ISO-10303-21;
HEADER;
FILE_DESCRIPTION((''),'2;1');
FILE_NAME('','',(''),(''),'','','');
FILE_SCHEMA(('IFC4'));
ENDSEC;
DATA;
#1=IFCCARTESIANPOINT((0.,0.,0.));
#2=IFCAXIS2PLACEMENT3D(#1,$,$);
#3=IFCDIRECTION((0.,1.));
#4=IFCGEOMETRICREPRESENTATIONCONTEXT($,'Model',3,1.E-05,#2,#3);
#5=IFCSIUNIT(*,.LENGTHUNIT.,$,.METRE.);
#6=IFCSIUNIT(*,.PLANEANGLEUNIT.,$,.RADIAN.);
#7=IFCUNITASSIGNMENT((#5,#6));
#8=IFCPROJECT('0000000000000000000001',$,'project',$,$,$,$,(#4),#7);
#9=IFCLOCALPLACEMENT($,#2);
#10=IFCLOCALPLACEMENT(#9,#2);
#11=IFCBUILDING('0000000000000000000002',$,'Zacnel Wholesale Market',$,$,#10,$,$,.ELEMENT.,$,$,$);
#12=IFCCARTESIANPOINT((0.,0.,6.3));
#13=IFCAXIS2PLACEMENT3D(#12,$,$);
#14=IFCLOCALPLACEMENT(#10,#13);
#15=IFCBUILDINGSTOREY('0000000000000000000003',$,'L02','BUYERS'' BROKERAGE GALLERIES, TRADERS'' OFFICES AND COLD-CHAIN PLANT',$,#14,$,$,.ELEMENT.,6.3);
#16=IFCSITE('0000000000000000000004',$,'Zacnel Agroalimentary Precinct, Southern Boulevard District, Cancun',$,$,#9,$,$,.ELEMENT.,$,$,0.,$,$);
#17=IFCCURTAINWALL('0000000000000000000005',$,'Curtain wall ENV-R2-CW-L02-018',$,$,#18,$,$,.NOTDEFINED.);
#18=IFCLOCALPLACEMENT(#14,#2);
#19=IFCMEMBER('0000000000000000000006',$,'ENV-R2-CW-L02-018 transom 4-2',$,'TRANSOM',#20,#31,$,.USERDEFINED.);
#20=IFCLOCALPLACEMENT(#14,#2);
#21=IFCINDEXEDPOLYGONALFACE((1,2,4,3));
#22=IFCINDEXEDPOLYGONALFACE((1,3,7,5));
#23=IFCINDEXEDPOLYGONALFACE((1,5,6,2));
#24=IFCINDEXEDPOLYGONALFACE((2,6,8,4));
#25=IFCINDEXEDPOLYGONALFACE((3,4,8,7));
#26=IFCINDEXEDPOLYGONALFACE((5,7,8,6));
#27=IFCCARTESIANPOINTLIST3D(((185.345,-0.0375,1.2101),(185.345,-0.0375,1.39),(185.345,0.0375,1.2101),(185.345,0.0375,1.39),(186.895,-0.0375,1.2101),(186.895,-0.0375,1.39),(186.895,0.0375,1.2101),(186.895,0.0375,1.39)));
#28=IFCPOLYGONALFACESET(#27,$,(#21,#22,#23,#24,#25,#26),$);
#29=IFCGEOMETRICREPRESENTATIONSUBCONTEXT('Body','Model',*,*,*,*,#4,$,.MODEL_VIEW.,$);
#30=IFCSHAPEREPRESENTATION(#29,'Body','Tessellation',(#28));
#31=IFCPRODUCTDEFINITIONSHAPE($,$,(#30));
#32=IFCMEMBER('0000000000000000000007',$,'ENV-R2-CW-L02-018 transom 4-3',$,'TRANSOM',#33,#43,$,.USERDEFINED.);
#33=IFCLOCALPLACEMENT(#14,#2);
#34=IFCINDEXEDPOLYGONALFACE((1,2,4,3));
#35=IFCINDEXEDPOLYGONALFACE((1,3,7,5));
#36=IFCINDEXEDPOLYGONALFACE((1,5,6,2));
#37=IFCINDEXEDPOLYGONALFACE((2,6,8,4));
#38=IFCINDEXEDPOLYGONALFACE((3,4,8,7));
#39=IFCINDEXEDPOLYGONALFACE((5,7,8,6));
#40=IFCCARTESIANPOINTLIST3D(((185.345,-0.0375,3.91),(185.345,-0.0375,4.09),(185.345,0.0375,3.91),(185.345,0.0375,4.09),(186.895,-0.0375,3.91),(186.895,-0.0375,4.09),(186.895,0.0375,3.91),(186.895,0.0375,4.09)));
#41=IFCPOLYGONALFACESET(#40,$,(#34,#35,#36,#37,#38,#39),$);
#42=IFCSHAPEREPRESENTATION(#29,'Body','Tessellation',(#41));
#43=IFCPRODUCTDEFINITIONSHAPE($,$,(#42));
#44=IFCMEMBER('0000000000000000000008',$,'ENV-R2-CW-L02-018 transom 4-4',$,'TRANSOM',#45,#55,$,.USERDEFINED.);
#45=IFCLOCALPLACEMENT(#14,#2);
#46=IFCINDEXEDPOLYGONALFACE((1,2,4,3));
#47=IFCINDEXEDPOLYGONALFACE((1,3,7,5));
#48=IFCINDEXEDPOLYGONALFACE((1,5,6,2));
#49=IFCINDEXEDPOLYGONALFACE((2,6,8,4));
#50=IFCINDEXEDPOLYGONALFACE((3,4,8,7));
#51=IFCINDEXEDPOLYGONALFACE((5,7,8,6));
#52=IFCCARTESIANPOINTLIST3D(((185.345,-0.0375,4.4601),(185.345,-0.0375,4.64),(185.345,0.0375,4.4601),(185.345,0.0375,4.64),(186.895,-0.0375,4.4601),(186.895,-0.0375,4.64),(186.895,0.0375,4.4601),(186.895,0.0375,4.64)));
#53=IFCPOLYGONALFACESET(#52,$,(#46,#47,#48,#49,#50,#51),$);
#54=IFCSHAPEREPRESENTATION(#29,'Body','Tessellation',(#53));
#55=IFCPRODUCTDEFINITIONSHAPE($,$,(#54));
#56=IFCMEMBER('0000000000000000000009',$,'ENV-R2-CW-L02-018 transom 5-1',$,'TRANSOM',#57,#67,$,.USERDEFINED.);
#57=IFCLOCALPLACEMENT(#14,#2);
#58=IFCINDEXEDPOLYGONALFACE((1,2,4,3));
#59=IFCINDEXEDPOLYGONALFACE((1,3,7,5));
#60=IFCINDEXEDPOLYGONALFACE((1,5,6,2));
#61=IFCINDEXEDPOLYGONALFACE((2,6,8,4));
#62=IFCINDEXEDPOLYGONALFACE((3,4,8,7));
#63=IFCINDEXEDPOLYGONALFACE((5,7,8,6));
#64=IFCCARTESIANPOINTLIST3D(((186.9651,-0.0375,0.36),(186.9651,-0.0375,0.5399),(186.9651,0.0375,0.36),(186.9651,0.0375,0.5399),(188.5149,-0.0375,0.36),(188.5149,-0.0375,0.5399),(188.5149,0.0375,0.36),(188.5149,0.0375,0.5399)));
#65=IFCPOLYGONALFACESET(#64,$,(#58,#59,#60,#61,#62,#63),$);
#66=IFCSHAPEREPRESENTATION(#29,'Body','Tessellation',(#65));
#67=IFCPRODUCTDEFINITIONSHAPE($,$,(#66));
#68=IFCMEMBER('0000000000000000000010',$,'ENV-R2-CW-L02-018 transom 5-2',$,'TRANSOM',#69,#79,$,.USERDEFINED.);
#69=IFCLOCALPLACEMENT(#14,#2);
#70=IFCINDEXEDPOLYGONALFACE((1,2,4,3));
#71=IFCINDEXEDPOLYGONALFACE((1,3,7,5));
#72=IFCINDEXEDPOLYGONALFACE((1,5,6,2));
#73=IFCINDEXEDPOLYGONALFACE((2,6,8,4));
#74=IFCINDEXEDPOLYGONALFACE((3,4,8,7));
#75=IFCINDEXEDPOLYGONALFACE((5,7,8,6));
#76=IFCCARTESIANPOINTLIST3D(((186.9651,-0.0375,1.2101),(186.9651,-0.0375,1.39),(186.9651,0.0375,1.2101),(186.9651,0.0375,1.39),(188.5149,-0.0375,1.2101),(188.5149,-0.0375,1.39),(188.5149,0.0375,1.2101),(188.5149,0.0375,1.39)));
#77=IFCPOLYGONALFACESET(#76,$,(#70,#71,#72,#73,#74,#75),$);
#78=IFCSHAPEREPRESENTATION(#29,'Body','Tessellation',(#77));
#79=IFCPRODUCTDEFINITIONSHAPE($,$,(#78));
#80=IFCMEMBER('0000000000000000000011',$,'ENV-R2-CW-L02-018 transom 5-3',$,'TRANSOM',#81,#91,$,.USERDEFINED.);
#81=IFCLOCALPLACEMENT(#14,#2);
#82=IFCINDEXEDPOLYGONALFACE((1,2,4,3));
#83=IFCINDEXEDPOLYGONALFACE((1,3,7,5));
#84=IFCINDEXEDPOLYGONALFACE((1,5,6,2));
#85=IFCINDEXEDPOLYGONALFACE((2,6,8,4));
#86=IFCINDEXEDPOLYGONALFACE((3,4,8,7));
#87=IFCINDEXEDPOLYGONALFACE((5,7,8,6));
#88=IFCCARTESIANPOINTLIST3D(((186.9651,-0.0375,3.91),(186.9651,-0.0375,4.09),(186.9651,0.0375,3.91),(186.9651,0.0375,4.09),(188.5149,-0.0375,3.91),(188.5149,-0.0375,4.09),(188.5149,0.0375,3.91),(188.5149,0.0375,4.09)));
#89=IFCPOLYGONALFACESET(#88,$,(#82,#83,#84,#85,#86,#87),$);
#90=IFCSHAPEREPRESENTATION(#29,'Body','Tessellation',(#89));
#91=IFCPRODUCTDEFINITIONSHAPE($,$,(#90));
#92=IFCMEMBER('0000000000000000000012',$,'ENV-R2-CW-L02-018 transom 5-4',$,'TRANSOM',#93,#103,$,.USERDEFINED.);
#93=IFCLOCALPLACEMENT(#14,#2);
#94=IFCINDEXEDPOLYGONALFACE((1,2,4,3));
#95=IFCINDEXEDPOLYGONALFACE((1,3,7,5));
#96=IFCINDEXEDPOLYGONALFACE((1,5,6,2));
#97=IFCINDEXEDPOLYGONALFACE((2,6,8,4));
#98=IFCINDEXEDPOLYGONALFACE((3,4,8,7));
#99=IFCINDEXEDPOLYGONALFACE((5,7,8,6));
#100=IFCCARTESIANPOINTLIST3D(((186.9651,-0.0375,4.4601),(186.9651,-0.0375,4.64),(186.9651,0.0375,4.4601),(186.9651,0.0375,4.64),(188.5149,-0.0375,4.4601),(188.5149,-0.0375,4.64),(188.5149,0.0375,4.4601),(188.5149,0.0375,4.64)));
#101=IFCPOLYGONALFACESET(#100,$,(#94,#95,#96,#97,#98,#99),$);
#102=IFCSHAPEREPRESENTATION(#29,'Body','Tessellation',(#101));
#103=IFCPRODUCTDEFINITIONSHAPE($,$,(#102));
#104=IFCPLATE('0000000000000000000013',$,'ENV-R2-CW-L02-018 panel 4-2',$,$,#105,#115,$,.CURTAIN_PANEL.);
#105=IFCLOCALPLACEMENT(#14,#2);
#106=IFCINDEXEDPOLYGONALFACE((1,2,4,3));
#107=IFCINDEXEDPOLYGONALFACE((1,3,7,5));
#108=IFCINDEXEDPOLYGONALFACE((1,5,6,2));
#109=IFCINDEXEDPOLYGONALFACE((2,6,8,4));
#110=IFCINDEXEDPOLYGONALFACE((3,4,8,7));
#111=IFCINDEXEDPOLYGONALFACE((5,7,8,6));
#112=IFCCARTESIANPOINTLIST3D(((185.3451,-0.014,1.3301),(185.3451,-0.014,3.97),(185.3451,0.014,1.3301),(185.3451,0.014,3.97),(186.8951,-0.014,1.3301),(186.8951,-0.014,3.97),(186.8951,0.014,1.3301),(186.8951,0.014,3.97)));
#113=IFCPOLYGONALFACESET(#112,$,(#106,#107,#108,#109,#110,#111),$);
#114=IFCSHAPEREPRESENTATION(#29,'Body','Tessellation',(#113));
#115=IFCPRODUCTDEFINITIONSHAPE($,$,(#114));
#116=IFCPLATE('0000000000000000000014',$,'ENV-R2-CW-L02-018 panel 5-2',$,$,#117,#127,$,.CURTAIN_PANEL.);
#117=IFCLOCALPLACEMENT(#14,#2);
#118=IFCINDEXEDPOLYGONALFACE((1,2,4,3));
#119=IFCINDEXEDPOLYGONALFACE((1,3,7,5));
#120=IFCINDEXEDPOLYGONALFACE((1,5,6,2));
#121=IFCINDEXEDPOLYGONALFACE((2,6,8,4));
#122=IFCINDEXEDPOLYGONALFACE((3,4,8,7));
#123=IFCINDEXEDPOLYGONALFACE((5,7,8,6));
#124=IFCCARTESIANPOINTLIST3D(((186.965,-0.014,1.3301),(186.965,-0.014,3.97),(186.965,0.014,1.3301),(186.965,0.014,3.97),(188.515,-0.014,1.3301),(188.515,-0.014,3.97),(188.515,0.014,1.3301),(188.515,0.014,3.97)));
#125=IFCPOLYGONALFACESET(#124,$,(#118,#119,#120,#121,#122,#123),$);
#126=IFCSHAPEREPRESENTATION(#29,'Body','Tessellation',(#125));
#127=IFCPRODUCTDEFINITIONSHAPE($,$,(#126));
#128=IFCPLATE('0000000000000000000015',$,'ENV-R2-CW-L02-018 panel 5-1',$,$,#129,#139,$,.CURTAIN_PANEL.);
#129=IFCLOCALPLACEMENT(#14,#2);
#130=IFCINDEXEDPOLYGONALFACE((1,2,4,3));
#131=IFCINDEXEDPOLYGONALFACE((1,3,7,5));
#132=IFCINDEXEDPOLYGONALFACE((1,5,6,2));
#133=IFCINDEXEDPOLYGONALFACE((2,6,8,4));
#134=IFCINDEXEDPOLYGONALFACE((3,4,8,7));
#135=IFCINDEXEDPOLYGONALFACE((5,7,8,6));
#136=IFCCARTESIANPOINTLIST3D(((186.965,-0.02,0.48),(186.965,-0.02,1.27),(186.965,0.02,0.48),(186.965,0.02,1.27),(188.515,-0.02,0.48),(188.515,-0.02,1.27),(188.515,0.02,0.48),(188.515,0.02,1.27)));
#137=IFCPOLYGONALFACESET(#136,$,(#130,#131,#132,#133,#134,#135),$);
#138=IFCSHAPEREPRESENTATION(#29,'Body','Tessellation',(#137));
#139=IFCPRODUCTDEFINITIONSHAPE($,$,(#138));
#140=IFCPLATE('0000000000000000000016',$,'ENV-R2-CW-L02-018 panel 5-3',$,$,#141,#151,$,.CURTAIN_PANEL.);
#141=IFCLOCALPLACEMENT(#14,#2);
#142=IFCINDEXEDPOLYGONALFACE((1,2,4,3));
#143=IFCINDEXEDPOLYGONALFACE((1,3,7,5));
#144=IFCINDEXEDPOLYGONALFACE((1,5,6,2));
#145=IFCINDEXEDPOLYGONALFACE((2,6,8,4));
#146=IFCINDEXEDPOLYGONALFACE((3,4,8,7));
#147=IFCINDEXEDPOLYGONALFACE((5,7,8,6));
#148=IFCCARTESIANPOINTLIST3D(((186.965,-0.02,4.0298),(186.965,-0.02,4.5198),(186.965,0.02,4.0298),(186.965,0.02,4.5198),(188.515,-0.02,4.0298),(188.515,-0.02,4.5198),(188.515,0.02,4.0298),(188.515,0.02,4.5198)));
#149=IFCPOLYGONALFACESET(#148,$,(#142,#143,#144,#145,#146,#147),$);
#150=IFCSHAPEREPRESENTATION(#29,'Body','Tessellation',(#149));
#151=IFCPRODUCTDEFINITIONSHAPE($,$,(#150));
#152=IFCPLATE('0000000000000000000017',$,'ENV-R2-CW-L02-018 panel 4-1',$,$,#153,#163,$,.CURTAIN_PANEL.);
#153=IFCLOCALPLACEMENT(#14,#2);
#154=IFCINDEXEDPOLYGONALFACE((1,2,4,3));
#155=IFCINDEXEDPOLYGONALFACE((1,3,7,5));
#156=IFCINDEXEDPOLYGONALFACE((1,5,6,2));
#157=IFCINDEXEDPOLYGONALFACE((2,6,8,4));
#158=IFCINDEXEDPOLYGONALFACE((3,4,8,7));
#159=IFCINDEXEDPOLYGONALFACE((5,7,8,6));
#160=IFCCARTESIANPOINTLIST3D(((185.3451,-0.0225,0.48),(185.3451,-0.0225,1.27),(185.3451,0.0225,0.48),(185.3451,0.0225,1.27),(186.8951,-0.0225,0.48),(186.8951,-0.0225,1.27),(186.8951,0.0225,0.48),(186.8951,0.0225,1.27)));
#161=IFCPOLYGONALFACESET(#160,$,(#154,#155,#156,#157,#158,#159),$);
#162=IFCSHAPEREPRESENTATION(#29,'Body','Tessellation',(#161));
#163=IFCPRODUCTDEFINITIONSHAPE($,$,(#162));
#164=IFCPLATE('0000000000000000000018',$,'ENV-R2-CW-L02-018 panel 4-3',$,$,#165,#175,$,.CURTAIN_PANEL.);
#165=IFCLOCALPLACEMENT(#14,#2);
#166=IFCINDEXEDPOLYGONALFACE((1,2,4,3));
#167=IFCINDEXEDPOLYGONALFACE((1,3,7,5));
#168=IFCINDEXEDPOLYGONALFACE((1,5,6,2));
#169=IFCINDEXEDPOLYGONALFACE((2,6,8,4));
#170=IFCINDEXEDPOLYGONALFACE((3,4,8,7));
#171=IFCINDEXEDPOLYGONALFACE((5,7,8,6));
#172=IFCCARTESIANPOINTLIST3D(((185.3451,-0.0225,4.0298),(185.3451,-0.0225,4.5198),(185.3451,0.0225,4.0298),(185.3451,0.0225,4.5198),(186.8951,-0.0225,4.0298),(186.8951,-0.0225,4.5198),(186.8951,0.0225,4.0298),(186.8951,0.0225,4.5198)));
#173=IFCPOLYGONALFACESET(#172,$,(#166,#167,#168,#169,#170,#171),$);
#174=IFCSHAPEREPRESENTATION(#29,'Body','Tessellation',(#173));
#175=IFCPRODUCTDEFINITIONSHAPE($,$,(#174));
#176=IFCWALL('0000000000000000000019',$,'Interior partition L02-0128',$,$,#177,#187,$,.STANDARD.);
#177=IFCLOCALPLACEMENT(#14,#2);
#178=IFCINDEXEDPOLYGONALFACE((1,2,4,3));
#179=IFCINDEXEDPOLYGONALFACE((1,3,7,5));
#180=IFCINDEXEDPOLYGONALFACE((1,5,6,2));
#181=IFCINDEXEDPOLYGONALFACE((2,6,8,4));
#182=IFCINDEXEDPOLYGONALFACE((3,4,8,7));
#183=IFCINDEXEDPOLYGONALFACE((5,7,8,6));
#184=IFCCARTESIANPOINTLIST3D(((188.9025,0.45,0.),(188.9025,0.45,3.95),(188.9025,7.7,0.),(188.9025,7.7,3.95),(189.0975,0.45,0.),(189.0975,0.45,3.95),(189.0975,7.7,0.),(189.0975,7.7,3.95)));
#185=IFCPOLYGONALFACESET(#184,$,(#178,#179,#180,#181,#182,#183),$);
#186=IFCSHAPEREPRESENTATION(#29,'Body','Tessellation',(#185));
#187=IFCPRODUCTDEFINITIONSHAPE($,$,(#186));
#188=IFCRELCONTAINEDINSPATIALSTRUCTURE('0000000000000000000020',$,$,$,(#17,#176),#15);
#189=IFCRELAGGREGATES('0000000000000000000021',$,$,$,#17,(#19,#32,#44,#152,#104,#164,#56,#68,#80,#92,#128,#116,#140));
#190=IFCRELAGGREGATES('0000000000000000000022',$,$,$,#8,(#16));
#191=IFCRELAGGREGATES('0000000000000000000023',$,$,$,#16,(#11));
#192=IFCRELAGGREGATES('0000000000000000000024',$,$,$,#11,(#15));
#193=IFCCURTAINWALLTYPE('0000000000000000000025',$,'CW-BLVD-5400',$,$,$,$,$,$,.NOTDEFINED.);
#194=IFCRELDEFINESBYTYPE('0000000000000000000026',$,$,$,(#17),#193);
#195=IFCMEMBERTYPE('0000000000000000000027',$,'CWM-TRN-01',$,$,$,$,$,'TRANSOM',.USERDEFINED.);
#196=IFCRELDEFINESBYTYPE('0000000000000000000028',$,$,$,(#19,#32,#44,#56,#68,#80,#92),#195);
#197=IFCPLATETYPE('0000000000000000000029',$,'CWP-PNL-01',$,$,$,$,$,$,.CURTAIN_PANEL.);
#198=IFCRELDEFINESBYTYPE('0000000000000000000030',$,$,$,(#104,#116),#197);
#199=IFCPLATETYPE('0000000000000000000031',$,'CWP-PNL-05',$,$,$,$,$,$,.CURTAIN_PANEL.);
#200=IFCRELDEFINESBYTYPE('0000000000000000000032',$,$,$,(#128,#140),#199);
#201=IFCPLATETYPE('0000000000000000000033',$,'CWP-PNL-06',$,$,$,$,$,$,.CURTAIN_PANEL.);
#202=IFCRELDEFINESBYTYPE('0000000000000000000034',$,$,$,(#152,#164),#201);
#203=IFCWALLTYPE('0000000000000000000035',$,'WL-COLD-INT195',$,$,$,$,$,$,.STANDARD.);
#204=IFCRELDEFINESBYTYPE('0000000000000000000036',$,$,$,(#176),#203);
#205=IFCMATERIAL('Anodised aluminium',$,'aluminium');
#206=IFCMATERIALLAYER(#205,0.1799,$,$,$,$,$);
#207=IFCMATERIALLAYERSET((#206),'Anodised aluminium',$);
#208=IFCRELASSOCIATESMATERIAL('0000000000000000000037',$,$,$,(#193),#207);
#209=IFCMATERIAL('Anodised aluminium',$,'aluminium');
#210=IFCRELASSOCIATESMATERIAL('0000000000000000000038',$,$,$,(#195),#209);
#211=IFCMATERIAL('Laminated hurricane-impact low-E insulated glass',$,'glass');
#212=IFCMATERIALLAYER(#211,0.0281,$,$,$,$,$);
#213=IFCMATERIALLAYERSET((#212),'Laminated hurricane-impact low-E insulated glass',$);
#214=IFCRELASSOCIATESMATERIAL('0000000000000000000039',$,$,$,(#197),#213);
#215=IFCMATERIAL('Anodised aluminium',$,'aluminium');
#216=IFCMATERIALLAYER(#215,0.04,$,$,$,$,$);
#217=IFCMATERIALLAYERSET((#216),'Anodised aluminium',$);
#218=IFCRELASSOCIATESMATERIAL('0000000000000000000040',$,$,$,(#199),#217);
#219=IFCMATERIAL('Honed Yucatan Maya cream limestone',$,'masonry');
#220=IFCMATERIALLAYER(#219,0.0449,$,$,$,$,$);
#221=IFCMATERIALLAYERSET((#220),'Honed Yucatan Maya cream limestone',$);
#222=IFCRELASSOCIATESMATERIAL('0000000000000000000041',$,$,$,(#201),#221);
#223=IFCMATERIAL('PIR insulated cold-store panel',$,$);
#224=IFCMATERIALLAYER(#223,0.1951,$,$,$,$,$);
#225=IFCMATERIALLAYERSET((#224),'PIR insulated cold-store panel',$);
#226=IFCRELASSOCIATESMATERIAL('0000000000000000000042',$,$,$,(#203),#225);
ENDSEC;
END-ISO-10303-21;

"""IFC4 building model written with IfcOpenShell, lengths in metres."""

from ifc_helpers import new_model, si_unit, direction, frame, frame_2d, origin, origin_2d, place, context, subcontext, project, spatial, rectangle, extrude, material, layer, layer_set, material_profile, profile_set, type_object, element, aggregate, save


model = new_model("IFC4")

# Units and contexts
model_context = context("Model", 3, precision=1e-05, world=origin(), true_north=direction((0.0, 1.0)))
body_context = subcontext(model_context, "Body", "Model", "MODEL_VIEW")
ifc_project = project(units=[si_unit("LENGTHUNIT", "METRE"), si_unit("PLANEANGLEUNIT", "RADIAN")], contexts=[model_context])

# Site, building, storey
site_placement = place(None, origin())
site = spatial("IfcSite", under=ifc_project, at=site_placement, Name="Zacnel Agroalimentary Precinct, Southern Boulevard District, Cancun", CompositionType="ELEMENT", RefElevation=0.0)
building_placement = place(site_placement, origin())
building = spatial("IfcBuilding", under=site, at=building_placement, Name="Zacnel Wholesale Market", CompositionType="ELEMENT")
storey_placement = place(building_placement, frame((0.0, 0.0, 6.3)))
storey = spatial("IfcBuildingStorey", under=building, at=storey_placement, Name="L02", Description="BUYERS' BROKERAGE GALLERIES, TRADERS' OFFICES AND COLD-CHAIN PLANT", CompositionType="ELEMENT", Elevation=6.3)

# Curtain wall, members, plates
ifc_material_1 = material(Name="Anodised aluminium", Category="aluminium")
ifc_layer_1 = layer(ifc_material_1, 0.1799)
ifc_layer_set_1 = layer_set([ifc_layer_1], Name="Anodised aluminium")
curtain_wall_type = type_object("IfcCurtainWallType", Name="CW-BLVD-5400", PredefinedType="NOTDEFINED", material=ifc_layer_set_1)
curtain_wall_placement = place(storey_placement, origin())
curtain_wall = element("IfcCurtainWall", 1, at=curtain_wall_placement, inside=storey, type_object=curtain_wall_type, Name="Curtain wall ENV-R2-CW-L02-018", PredefinedType="NOTDEFINED")
ifc_material_2 = material(Name="Anodised aluminium", Category="aluminium")
ifc_material_profile_1 = material_profile(ifc_material_2, rectangle(XDim=0.075, YDim=0.1799, at=origin_2d()), Name="AW-TRANSOM 75x180")
ifc_profile_set_1 = profile_set([ifc_material_profile_1], Name="Anodised aluminium")
member_type_1 = type_object("IfcMemberType", Name="CWM-TRN-01", ElementType="TRANSOM", PredefinedType="USERDEFINED", material=ifc_profile_set_1)
member_1_placement = place(storey_placement, frame((185.345, 0.0, 1.3), z_axis=(1.0, 0.0, 0.0), x_axis=(0.0, 1.0, 0.0)))
member_1 = element("IfcMember", 2, at=member_1_placement, type_object=member_type_1, Name="ENV-R2-CW-L02-018 transom 4-2", ObjectType="TRANSOM", PredefinedType="USERDEFINED", context=body_context, shape_type="SweptSolid", body=[
    extrude(rectangle(XDim=0.075, YDim=0.1799, at=origin_2d()), origin(), (0.0, 0.0, 1.0), 1.55),
])
member_2_placement = place(storey_placement, frame((185.345, 0.0, 4.0), z_axis=(1.0, 0.0, 0.0), x_axis=(0.0, 1.0, 0.0)))
member_2 = element("IfcMember", 3, at=member_2_placement, type_object=member_type_1, Name="ENV-R2-CW-L02-018 transom 4-3", ObjectType="TRANSOM", PredefinedType="USERDEFINED", context=body_context, shape_type="SweptSolid", body=[
    extrude(rectangle(XDim=0.075, YDim=0.1799, at=origin_2d()), origin(), (0.0, 0.0, 1.0), 1.55),
])
member_3_placement = place(storey_placement, frame((185.345, 0.0, 4.55), z_axis=(1.0, 0.0, 0.0), x_axis=(0.0, 1.0, 0.0)))
member_3 = element("IfcMember", 4, at=member_3_placement, type_object=member_type_1, Name="ENV-R2-CW-L02-018 transom 4-4", ObjectType="TRANSOM", PredefinedType="USERDEFINED", context=body_context, shape_type="SweptSolid", body=[
    extrude(rectangle(XDim=0.075, YDim=0.1799, at=origin_2d()), origin(), (0.0, 0.0, 1.0), 1.55),
])
member_4_placement = place(storey_placement, frame((186.9651, 0.0, 0.45), z_axis=(1.0, 0.0, 0.0), x_axis=(0.0, 1.0, 0.0)))
member_4 = element("IfcMember", 5, at=member_4_placement, type_object=member_type_1, Name="ENV-R2-CW-L02-018 transom 5-1", ObjectType="TRANSOM", PredefinedType="USERDEFINED", context=body_context, shape_type="SweptSolid", body=[
    extrude(rectangle(XDim=0.075, YDim=0.1799, at=origin_2d()), origin(), (0.0, 0.0, 1.0), 1.5498),
])
member_5_placement = place(storey_placement, frame((186.9651, 0.0, 1.3), z_axis=(1.0, 0.0, 0.0), x_axis=(0.0, 1.0, 0.0)))
member_5 = element("IfcMember", 6, at=member_5_placement, type_object=member_type_1, Name="ENV-R2-CW-L02-018 transom 5-2", ObjectType="TRANSOM", PredefinedType="USERDEFINED", context=body_context, shape_type="SweptSolid", body=[
    extrude(rectangle(XDim=0.075, YDim=0.1799, at=origin_2d()), origin(), (0.0, 0.0, 1.0), 1.5498),
])
member_6_placement = place(storey_placement, frame((186.9651, 0.0, 4.0), z_axis=(1.0, 0.0, 0.0), x_axis=(0.0, 1.0, 0.0)))
member_6 = element("IfcMember", 7, at=member_6_placement, type_object=member_type_1, Name="ENV-R2-CW-L02-018 transom 5-3", ObjectType="TRANSOM", PredefinedType="USERDEFINED", context=body_context, shape_type="SweptSolid", body=[
    extrude(rectangle(XDim=0.075, YDim=0.1799, at=origin_2d()), origin(), (0.0, 0.0, 1.0), 1.5498),
])
member_7_placement = place(storey_placement, frame((186.9651, 0.0, 4.55), z_axis=(1.0, 0.0, 0.0), x_axis=(0.0, 1.0, 0.0)))
member_7 = element("IfcMember", 8, at=member_7_placement, type_object=member_type_1, Name="ENV-R2-CW-L02-018 transom 5-4", ObjectType="TRANSOM", PredefinedType="USERDEFINED", context=body_context, shape_type="SweptSolid", body=[
    extrude(rectangle(XDim=0.075, YDim=0.1799, at=origin_2d()), origin(), (0.0, 0.0, 1.0), 1.5498),
])
ifc_material_3 = material(Name="Laminated hurricane-impact low-E insulated glass", Category="glass")
ifc_layer_2 = layer(ifc_material_3, 0.0281)
ifc_layer_set_2 = layer_set([ifc_layer_2], Name="Laminated hurricane-impact low-E insulated glass")
plate_type_1 = type_object("IfcPlateType", Name="CWP-PNL-01", PredefinedType="CURTAIN_PANEL", material=ifc_layer_set_2)
plate_1_placement = place(storey_placement, frame((186.1201, 0.0, 1.3301), z_axis=(0.0, 0.0, 1.0), x_axis=(1.0, 0.0, 0.0)))
plate_1 = element("IfcPlate", 9, at=plate_1_placement, type_object=plate_type_1, Name="ENV-R2-CW-L02-018 panel 4-2", PredefinedType="CURTAIN_PANEL", context=body_context, shape_type="SweptSolid", body=[
    extrude(rectangle(XDim=1.55, YDim=0.0281, at=origin_2d()), origin(), (0.0, 0.0, 1.0), 2.6399),
])
plate_2_placement = place(storey_placement, frame((187.74, 0.0, 1.3301), z_axis=(0.0, 0.0, 1.0), x_axis=(1.0, 0.0, 0.0)))
plate_2 = element("IfcPlate", 10, at=plate_2_placement, type_object=plate_type_1, Name="ENV-R2-CW-L02-018 panel 5-2", PredefinedType="CURTAIN_PANEL", context=body_context, shape_type="SweptSolid", body=[
    extrude(rectangle(XDim=1.55, YDim=0.0281, at=origin_2d()), origin(), (0.0, 0.0, 1.0), 2.6399),
])
ifc_material_4 = material(Name="Anodised aluminium", Category="aluminium")
ifc_layer_3 = layer(ifc_material_4, 0.04)
ifc_layer_set_3 = layer_set([ifc_layer_3], Name="Anodised aluminium")
plate_type_2 = type_object("IfcPlateType", Name="CWP-PNL-05", PredefinedType="CURTAIN_PANEL", material=ifc_layer_set_3)
plate_3_placement = place(storey_placement, frame((187.74, 0.0, 0.48), z_axis=(0.0, 0.0, 1.0), x_axis=(1.0, 0.0, 0.0)))
plate_3 = element("IfcPlate", 11, at=plate_3_placement, type_object=plate_type_2, Name="ENV-R2-CW-L02-018 panel 5-1", PredefinedType="CURTAIN_PANEL", context=body_context, shape_type="SweptSolid", body=[
    extrude(rectangle(XDim=1.55, YDim=0.04, at=origin_2d()), origin(), (0.0, 0.0, 1.0), 0.79),
])
plate_4_placement = place(storey_placement, frame((187.74, 0.0, 4.0298), z_axis=(0.0, 0.0, 1.0), x_axis=(1.0, 0.0, 0.0)))
plate_4 = element("IfcPlate", 12, at=plate_4_placement, type_object=plate_type_2, Name="ENV-R2-CW-L02-018 panel 5-3", PredefinedType="CURTAIN_PANEL", context=body_context, shape_type="SweptSolid", body=[
    extrude(rectangle(XDim=1.55, YDim=0.04, at=origin_2d()), origin(), (0.0, 0.0, 1.0), 0.49),
])
ifc_material_5 = material(Name="Honed Yucatan Maya cream limestone", Category="masonry")
ifc_layer_4 = layer(ifc_material_5, 0.0449)
ifc_layer_set_4 = layer_set([ifc_layer_4], Name="Honed Yucatan Maya cream limestone")
plate_type_3 = type_object("IfcPlateType", Name="CWP-PNL-06", PredefinedType="CURTAIN_PANEL", material=ifc_layer_set_4)
plate_5_placement = place(storey_placement, frame((186.1201, 0.0, 0.48), z_axis=(0.0, 0.0, 1.0), x_axis=(1.0, 0.0, 0.0)))
plate_5 = element("IfcPlate", 13, at=plate_5_placement, type_object=plate_type_3, Name="ENV-R2-CW-L02-018 panel 4-1", PredefinedType="CURTAIN_PANEL", context=body_context, shape_type="SweptSolid", body=[
    extrude(rectangle(XDim=1.55, YDim=0.0449, at=origin_2d()), origin(), (0.0, 0.0, 1.0), 0.79),
])
plate_6_placement = place(storey_placement, frame((186.1201, 0.0, 4.0298), z_axis=(0.0, 0.0, 1.0), x_axis=(1.0, 0.0, 0.0)))
plate_6 = element("IfcPlate", 14, at=plate_6_placement, type_object=plate_type_3, Name="ENV-R2-CW-L02-018 panel 4-3", PredefinedType="CURTAIN_PANEL", context=body_context, shape_type="SweptSolid", body=[
    extrude(rectangle(XDim=1.55, YDim=0.0449, at=origin_2d()), origin(), (0.0, 0.0, 1.0), 0.49),
])
aggregate(curtain_wall, [member_1, member_2, member_3, plate_5, plate_1, plate_6, member_4, member_5, member_6, member_7, plate_3, plate_2, plate_4])

# Wall
ifc_material_6 = material(Name="PIR insulated cold-store panel")
ifc_layer_5 = layer(ifc_material_6, 0.1951)
ifc_layer_set_5 = layer_set([ifc_layer_5], Name="PIR insulated cold-store panel")
wall_type_1 = type_object("IfcWallType", Name="WL-COLD-INT195", PredefinedType="STANDARD", material=ifc_layer_set_5)
wall_1_placement = place(storey_placement, frame((189.0, 0.45, 0.0), z_axis=(0.0, 0.0, 1.0), x_axis=(0.0, 1.0, 0.0)))
element("IfcWall", 15, at=wall_1_placement, inside=storey, type_object=wall_type_1, Name="Interior partition L02-0128", PredefinedType="STANDARD", context=body_context, shape_type="SweptSolid", body=[
    extrude(rectangle(XDim=7.25, YDim=0.1951, at=frame_2d((3.625, 0.0))), origin(), (0.0, 0.0, 1.0), 3.95),
])

save(model, "model.ifc")
